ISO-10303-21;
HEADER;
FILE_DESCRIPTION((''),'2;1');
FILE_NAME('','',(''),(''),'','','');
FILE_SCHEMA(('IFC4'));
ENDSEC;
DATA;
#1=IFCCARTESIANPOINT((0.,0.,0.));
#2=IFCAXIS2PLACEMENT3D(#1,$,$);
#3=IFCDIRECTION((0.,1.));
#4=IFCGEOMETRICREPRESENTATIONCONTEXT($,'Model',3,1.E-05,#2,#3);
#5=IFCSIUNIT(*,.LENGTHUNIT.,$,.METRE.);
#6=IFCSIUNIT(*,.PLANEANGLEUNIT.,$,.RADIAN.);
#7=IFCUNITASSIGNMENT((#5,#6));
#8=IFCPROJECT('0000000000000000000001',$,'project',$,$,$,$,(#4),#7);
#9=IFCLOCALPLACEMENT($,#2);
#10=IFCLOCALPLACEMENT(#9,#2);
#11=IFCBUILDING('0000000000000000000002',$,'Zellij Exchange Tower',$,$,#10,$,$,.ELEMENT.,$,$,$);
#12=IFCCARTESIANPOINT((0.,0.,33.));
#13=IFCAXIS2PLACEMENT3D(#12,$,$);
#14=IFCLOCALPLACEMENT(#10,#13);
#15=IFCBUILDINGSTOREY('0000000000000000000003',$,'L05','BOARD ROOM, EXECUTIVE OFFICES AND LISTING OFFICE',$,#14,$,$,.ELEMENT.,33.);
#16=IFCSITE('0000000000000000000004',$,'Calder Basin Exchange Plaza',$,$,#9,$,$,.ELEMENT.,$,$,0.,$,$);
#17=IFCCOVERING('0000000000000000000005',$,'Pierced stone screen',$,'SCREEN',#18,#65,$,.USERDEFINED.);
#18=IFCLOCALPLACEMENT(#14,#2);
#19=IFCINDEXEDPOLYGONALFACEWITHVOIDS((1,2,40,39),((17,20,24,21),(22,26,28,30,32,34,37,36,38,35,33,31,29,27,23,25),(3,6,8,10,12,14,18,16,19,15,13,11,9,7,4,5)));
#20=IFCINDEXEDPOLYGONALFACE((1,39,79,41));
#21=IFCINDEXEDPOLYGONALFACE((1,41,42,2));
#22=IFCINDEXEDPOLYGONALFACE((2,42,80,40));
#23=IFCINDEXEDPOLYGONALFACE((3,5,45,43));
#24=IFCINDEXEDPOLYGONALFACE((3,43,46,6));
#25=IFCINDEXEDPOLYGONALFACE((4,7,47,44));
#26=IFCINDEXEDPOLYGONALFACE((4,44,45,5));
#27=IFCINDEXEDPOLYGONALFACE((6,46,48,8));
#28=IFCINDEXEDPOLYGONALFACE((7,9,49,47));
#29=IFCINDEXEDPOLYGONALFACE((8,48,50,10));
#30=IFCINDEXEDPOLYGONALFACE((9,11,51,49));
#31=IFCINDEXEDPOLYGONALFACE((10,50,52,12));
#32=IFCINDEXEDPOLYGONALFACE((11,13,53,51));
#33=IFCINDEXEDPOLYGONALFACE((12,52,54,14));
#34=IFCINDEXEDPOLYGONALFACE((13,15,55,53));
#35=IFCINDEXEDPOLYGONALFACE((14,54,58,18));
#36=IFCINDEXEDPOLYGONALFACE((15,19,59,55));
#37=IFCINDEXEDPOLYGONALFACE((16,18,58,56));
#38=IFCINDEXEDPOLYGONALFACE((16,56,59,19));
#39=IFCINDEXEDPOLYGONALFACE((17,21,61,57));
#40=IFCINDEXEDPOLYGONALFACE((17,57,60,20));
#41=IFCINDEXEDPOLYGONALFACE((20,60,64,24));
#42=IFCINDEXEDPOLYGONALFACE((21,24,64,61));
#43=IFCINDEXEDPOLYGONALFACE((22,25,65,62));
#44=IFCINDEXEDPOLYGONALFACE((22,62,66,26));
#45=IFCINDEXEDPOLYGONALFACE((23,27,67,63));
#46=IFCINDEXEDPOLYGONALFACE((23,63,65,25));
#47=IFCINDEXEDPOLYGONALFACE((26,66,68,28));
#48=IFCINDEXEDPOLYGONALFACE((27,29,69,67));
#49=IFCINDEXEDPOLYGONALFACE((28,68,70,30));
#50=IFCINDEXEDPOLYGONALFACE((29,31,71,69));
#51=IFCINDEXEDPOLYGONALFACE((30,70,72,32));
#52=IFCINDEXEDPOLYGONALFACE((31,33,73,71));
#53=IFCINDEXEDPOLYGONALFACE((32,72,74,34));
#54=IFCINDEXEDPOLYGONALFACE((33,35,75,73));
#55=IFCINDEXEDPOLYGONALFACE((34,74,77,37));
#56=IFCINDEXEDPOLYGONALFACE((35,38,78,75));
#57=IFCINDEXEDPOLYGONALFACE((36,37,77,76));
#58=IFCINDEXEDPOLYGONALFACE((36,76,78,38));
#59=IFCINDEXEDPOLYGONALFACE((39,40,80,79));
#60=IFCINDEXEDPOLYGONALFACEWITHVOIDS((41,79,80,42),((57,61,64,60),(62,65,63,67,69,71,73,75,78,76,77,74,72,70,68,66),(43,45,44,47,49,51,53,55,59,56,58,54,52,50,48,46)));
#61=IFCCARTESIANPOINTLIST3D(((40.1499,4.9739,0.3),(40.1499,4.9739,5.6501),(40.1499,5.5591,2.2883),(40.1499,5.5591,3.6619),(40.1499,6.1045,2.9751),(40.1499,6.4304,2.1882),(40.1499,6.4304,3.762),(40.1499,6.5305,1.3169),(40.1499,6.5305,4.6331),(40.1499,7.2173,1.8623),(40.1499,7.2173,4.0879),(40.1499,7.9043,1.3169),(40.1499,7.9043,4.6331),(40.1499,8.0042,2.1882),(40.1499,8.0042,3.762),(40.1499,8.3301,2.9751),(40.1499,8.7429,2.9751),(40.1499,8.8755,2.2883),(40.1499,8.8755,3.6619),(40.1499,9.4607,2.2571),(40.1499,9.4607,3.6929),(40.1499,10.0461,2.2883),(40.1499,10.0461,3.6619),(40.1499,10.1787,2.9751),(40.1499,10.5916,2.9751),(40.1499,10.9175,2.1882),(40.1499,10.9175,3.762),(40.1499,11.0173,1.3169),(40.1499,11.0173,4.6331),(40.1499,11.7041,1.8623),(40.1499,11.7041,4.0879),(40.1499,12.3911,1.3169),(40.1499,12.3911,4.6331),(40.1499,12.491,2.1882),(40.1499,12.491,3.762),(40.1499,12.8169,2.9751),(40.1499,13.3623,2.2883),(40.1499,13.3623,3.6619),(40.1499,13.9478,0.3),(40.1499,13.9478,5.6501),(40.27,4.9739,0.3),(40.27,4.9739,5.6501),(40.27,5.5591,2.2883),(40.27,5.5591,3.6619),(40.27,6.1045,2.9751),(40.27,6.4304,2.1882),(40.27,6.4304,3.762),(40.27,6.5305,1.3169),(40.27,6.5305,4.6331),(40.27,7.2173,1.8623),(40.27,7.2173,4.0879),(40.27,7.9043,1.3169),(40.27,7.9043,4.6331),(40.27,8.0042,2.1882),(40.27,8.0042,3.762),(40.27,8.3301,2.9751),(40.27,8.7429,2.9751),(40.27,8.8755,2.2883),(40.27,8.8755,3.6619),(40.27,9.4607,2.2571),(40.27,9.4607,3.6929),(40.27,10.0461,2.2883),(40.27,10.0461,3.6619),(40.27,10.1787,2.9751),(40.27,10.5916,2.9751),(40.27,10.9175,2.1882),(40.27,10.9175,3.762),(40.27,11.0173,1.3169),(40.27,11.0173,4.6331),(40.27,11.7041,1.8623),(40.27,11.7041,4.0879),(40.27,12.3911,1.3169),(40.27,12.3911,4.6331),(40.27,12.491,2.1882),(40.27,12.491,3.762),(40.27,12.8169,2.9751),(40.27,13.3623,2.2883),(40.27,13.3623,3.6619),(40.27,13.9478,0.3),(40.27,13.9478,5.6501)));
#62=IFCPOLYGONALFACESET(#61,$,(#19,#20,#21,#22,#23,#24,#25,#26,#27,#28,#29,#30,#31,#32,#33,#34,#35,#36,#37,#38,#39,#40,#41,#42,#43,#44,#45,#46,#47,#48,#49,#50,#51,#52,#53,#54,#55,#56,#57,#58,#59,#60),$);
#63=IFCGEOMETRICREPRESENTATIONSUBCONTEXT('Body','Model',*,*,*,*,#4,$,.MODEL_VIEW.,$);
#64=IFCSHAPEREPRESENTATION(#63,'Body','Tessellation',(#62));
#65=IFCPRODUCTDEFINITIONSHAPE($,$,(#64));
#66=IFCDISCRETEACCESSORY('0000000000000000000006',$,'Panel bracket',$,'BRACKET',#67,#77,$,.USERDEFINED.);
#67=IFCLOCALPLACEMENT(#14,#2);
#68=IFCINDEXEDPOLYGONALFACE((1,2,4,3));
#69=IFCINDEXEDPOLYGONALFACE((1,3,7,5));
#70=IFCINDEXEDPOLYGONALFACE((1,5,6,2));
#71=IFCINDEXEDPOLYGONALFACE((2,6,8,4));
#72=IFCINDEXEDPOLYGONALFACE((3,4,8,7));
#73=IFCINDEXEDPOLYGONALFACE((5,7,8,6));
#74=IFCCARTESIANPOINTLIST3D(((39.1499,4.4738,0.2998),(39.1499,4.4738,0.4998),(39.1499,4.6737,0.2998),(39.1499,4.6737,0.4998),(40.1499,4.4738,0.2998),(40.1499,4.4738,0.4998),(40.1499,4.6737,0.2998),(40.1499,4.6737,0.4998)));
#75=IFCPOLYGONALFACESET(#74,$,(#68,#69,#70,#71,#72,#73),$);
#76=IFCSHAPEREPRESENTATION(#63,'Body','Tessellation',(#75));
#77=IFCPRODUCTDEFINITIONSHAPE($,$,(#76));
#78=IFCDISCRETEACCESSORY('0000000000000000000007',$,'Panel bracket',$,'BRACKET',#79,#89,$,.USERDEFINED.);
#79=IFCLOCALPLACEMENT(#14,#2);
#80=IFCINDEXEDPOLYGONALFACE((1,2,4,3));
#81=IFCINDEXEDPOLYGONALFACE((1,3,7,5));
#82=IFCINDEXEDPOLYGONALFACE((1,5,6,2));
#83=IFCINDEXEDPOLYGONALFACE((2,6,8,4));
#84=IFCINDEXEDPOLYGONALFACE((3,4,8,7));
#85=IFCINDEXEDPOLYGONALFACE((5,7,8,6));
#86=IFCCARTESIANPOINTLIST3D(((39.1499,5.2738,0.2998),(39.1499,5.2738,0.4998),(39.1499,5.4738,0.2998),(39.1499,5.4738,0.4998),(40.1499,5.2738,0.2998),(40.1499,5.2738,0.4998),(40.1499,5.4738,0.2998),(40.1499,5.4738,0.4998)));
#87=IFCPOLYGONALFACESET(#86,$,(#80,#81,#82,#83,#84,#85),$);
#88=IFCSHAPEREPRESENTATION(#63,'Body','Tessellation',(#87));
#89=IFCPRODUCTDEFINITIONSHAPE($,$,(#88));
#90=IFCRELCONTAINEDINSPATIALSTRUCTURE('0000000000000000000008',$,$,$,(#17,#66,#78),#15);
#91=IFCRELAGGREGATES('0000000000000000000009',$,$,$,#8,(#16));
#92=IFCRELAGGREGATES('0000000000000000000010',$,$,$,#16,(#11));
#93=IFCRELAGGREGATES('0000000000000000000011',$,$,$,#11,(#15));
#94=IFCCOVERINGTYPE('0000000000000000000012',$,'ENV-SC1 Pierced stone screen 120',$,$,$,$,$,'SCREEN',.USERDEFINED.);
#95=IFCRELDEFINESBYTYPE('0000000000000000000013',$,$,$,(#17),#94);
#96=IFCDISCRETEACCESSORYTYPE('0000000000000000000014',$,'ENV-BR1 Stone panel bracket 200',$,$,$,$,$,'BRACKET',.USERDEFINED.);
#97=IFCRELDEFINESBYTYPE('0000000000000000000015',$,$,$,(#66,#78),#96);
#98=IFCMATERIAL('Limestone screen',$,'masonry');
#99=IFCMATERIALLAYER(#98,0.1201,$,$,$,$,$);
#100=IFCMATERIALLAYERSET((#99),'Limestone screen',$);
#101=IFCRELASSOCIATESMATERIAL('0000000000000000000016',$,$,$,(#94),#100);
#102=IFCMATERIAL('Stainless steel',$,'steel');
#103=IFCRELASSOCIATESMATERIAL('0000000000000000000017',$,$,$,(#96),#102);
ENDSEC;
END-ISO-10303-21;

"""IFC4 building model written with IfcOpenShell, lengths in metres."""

from ifc_helpers import new_model, si_unit, direction, frame, origin, origin_2d, place, context, subcontext, project, spatial, polyline, rectangle, outline, extrude, material, layer, layer_set, type_object, element, save


model = new_model("IFC4")

# Units and contexts
model_context = context("Model", 3, precision=1e-05, world=origin(), true_north=direction((0.0, 1.0)))
body_context = subcontext(model_context, "Body", "Model", "MODEL_VIEW")
ifc_project = project(units=[si_unit("LENGTHUNIT", "METRE"), si_unit("PLANEANGLEUNIT", "RADIAN")], contexts=[model_context])

# Site, building, storey
site_placement = place(None, origin())
site = spatial("IfcSite", under=ifc_project, at=site_placement, Name="Calder Basin Exchange Plaza", CompositionType="ELEMENT", RefElevation=0.0)
building_placement = place(site_placement, origin())
building = spatial("IfcBuilding", under=site, at=building_placement, Name="Zellij Exchange Tower", CompositionType="ELEMENT")
storey_placement = place(building_placement, frame((0.0, 0.0, 33.0)))
storey = spatial("IfcBuildingStorey", under=building, at=storey_placement, Name="L05", Description="BOARD ROOM, EXECUTIVE OFFICES AND LISTING OFFICE", CompositionType="ELEMENT", Elevation=33.0)

# Covering
ifc_material_1 = material(Name="Limestone screen", Category="masonry")
ifc_layer_1 = layer(ifc_material_1, 0.1201)
ifc_layer_set_1 = layer_set([ifc_layer_1], Name="Limestone screen")
covering_type = type_object("IfcCoveringType", Name="ENV-SC1 Pierced stone screen 120", ElementType="SCREEN", PredefinedType="USERDEFINED", material=ifc_layer_set_1)
covering_placement = place(storey_placement, frame((40.21, 4.9739, 0.3), z_axis=(0.0, 0.0, 1.0), x_axis=(0.0, 1.0, 0.0)))
element("IfcCovering", 1, at=covering_placement, inside=storey, type_object=covering_type, Name="Pierced stone screen", ObjectType="SCREEN", PredefinedType="USERDEFINED", context=body_context, shape_type="SweptSolid", body=[
    extrude(outline(polyline([(0.0, 0.0), (8.9739, 0.0), (8.9739, 5.3501), (0.0, 5.3501), (0.0, 0.0)]), holes=[polyline([(3.9016, 3.3618), (3.0303, 3.4619), (2.9304, 4.333), (2.2434, 3.7878), (1.5566, 4.333), (1.4565, 3.4619), (0.5852, 3.3618), (1.1306, 2.675), (0.5852, 1.9883), (1.4565, 1.8882), (1.5566, 1.0168), (2.2434, 1.5623), (2.9304, 1.0168), (3.0303, 1.8882), (3.9016, 1.9883), (3.3562, 2.675), (3.9016, 3.3618)]), polyline([(8.3884, 3.3618), (7.5171, 3.4619), (7.4172, 4.333), (6.7302, 3.7878), (6.0435, 4.333), (5.9436, 3.4619), (5.0723, 3.3618), (5.6177, 2.675), (5.0723, 1.9883), (5.9436, 1.8882), (6.0435, 1.0168), (6.7302, 1.5623), (7.4172, 1.0168), (7.5171, 1.8882), (8.3884, 1.9883), (7.843, 2.675), (8.3884, 3.3618)]), polyline([(5.2048, 2.675), (4.4868, 3.3928), (3.769, 2.675), (4.4868, 1.957), (5.2048, 2.675)])]), frame((0.0, 0.0601, 0.0), z_axis=(0.0, -1.0, 0.0), x_axis=(1.0, 0.0, 0.0)), (0.0, 0.0, 1.0), 0.1201),
])

# Discrete accessories
ifc_material_2 = material(Name="Stainless steel", Category="steel")
discrete_accessory_type = type_object("IfcDiscreteAccessoryType", Name="ENV-BR1 Stone panel bracket 200", ElementType="BRACKET", PredefinedType="USERDEFINED", material=ifc_material_2)
for number, where, z_axis, x_axis, name in (
    (2, (39.6499, 4.5737, 0.2998), (0.0, 0.0, 1.0), (0.0, 1.0, 0.0), "Panel bracket"),
    (3, (39.6499, 5.3738, 0.2998), (0.0, 0.0, 1.0), (0.0, 1.0, 0.0), "Panel bracket"),
):
    element("IfcDiscreteAccessory", number, at=place(storey_placement, frame(where, z_axis=z_axis, x_axis=x_axis)), inside=storey, type_object=discrete_accessory_type, Name=name, ObjectType="BRACKET", PredefinedType="USERDEFINED", context=body_context, shape_type="SweptSolid", body=[
        extrude(rectangle(XDim=0.2, YDim=1.0, at=origin_2d()), origin(), (0.0, 0.0, 1.0), 0.2),
    ])

save(model, "model.ifc")
